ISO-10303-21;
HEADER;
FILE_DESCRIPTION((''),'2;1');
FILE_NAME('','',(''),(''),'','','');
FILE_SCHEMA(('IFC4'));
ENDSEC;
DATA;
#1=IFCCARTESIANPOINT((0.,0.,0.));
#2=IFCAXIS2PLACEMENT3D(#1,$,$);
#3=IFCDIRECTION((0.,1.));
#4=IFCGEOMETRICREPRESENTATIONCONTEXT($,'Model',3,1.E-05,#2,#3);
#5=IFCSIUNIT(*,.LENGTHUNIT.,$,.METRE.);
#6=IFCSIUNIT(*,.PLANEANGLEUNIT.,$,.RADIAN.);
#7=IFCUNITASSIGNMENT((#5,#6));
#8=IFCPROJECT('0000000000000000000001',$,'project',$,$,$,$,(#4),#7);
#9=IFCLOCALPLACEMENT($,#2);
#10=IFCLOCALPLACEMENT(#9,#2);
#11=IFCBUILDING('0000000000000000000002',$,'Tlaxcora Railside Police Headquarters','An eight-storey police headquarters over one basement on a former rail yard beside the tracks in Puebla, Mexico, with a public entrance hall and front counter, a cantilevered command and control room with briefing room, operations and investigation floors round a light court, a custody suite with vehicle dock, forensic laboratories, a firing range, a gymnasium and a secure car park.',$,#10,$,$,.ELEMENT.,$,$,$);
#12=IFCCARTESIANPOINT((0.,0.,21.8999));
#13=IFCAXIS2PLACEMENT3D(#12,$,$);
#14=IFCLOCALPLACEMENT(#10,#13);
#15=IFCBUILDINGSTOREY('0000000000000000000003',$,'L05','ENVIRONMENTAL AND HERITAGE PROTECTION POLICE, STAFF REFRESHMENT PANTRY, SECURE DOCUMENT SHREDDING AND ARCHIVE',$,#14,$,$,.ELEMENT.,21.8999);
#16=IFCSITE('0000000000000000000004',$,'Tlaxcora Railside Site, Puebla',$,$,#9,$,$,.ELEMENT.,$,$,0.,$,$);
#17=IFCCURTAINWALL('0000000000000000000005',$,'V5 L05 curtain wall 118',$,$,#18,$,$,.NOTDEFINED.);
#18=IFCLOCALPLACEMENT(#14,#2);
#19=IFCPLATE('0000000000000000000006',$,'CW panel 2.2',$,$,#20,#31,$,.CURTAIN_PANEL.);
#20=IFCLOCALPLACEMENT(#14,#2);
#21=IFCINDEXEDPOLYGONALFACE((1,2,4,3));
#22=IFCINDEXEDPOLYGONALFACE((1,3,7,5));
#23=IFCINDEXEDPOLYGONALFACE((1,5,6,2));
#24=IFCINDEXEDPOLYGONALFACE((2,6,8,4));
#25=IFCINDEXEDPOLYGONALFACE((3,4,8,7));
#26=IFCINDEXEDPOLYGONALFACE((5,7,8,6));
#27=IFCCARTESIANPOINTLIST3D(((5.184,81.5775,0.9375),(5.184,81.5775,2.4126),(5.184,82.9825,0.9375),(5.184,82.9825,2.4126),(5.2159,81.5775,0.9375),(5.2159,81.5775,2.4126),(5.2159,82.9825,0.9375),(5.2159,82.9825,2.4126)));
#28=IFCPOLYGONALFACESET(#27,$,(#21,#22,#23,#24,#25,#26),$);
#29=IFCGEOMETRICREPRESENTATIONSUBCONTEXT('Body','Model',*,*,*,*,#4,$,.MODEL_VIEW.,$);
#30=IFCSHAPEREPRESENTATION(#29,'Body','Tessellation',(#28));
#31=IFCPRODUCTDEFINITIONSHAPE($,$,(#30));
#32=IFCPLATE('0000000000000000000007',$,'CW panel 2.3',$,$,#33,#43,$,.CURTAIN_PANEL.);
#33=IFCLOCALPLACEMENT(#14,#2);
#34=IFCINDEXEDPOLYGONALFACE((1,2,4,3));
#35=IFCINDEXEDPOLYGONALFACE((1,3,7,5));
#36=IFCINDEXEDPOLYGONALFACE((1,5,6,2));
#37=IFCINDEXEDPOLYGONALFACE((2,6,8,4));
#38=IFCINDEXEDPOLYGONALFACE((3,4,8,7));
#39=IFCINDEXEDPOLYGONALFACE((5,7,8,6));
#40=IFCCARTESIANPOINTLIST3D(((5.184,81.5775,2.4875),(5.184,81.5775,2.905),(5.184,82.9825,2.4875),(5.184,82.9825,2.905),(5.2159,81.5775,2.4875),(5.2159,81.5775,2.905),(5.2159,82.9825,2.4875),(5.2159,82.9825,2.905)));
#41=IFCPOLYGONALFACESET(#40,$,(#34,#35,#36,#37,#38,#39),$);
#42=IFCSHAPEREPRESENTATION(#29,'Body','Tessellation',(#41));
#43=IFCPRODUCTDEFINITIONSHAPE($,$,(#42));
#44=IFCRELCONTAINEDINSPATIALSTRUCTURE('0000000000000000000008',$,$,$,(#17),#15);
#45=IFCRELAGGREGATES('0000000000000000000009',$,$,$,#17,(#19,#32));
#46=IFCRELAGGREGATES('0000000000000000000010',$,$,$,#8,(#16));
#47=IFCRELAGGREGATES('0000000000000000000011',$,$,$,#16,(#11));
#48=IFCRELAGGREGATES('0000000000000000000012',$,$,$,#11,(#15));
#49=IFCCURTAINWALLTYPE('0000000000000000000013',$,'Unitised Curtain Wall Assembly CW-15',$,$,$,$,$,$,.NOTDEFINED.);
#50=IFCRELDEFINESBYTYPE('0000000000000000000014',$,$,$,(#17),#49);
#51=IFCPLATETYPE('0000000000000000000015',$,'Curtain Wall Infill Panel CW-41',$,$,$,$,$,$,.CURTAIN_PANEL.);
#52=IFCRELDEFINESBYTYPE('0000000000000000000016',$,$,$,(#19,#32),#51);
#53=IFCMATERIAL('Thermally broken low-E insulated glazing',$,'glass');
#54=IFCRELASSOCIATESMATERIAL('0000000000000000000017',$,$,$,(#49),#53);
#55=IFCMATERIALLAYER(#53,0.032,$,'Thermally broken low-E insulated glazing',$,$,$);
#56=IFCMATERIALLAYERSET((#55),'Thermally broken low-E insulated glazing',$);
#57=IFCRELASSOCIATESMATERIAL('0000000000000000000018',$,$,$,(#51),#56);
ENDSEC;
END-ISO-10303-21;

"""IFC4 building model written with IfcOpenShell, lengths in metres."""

from ifc_helpers import new_model, si_unit, direction, frame, origin, origin_2d, place, context, subcontext, project, spatial, rectangle, extrude, material, layer, layer_set, type_object, element, aggregate, save


model = new_model("IFC4")

# Units and contexts
model_context = context("Model", 3, precision=1e-05, world=origin(), true_north=direction((0.0, 1.0)))
body_context = subcontext(model_context, "Body", "Model", "MODEL_VIEW")
ifc_project = project(units=[si_unit("LENGTHUNIT", "METRE"), si_unit("PLANEANGLEUNIT", "RADIAN")], contexts=[model_context])

# Site, building, storey
site_placement = place(None, origin())
site = spatial("IfcSite", under=ifc_project, at=site_placement, Name="Tlaxcora Railside Site, Puebla", CompositionType="ELEMENT", RefElevation=0.0)
building_placement = place(site_placement, origin())
building = spatial("IfcBuilding", under=site, at=building_placement, Name="Tlaxcora Railside Police Headquarters", Description="An eight-storey police headquarters over one basement on a former rail yard beside the tracks in Puebla, Mexico, with a public entrance hall and front counter, a cantilevered command and control room with briefing room, operations and investigation floors round a light court, a custody suite with vehicle dock, forensic laboratories, a firing range, a gymnasium and a secure car park.", CompositionType="ELEMENT")
storey_placement = place(building_placement, frame((0.0, 0.0, 21.8999)))
storey = spatial("IfcBuildingStorey", under=building, at=storey_placement, Name="L05", Description="ENVIRONMENTAL AND HERITAGE PROTECTION POLICE, STAFF REFRESHMENT PANTRY, SECURE DOCUMENT SHREDDING AND ARCHIVE", CompositionType="ELEMENT", Elevation=21.8999)

# Curtain wall
ifc_material_1 = material(Name="Thermally broken low-E insulated glazing", Category="glass")
curtain_wall_type = type_object("IfcCurtainWallType", Name="Unitised Curtain Wall Assembly CW-15", PredefinedType="NOTDEFINED", material=ifc_material_1)
curtain_wall_placement = place(storey_placement, origin())
curtain_wall = element("IfcCurtainWall", 1, at=curtain_wall_placement, inside=storey, type_object=curtain_wall_type, Name="V5 L05 curtain wall 118", PredefinedType="NOTDEFINED")

# Plates
ifc_layer = layer(ifc_material_1, 0.032, Name="Thermally broken low-E insulated glazing")
ifc_layer_set = layer_set([ifc_layer], Name="Thermally broken low-E insulated glazing")
plate_type = type_object("IfcPlateType", Name="Curtain Wall Infill Panel CW-41", PredefinedType="CURTAIN_PANEL", material=ifc_layer_set)
plate_1_placement = place(storey_placement, frame((5.2, 82.28, 0.9375), z_axis=(0.0, 0.0, 1.0), x_axis=(0.0, -1.0, 0.0)))
plate_1 = element("IfcPlate", 2, at=plate_1_placement, type_object=plate_type, Name="CW panel 2.2", PredefinedType="CURTAIN_PANEL", context=body_context, shape_type="SweptSolid", body=[
    extrude(rectangle(XDim=1.405, YDim=0.032, at=origin_2d()), origin(), (0.0, 0.0, 1.0), 1.4751),
])
plate_2_placement = place(storey_placement, frame((5.2, 82.28, 2.4875), z_axis=(0.0, 0.0, 1.0), x_axis=(0.0, -1.0, 0.0)))
plate_2 = element("IfcPlate", 3, at=plate_2_placement, type_object=plate_type, Name="CW panel 2.3", PredefinedType="CURTAIN_PANEL", context=body_context, shape_type="SweptSolid", body=[
    extrude(rectangle(XDim=1.405, YDim=0.032, at=origin_2d()), origin(), (0.0, 0.0, 1.0), 0.4175),
])
aggregate(curtain_wall, [plate_1, plate_2])

save(model, "model.ifc")
